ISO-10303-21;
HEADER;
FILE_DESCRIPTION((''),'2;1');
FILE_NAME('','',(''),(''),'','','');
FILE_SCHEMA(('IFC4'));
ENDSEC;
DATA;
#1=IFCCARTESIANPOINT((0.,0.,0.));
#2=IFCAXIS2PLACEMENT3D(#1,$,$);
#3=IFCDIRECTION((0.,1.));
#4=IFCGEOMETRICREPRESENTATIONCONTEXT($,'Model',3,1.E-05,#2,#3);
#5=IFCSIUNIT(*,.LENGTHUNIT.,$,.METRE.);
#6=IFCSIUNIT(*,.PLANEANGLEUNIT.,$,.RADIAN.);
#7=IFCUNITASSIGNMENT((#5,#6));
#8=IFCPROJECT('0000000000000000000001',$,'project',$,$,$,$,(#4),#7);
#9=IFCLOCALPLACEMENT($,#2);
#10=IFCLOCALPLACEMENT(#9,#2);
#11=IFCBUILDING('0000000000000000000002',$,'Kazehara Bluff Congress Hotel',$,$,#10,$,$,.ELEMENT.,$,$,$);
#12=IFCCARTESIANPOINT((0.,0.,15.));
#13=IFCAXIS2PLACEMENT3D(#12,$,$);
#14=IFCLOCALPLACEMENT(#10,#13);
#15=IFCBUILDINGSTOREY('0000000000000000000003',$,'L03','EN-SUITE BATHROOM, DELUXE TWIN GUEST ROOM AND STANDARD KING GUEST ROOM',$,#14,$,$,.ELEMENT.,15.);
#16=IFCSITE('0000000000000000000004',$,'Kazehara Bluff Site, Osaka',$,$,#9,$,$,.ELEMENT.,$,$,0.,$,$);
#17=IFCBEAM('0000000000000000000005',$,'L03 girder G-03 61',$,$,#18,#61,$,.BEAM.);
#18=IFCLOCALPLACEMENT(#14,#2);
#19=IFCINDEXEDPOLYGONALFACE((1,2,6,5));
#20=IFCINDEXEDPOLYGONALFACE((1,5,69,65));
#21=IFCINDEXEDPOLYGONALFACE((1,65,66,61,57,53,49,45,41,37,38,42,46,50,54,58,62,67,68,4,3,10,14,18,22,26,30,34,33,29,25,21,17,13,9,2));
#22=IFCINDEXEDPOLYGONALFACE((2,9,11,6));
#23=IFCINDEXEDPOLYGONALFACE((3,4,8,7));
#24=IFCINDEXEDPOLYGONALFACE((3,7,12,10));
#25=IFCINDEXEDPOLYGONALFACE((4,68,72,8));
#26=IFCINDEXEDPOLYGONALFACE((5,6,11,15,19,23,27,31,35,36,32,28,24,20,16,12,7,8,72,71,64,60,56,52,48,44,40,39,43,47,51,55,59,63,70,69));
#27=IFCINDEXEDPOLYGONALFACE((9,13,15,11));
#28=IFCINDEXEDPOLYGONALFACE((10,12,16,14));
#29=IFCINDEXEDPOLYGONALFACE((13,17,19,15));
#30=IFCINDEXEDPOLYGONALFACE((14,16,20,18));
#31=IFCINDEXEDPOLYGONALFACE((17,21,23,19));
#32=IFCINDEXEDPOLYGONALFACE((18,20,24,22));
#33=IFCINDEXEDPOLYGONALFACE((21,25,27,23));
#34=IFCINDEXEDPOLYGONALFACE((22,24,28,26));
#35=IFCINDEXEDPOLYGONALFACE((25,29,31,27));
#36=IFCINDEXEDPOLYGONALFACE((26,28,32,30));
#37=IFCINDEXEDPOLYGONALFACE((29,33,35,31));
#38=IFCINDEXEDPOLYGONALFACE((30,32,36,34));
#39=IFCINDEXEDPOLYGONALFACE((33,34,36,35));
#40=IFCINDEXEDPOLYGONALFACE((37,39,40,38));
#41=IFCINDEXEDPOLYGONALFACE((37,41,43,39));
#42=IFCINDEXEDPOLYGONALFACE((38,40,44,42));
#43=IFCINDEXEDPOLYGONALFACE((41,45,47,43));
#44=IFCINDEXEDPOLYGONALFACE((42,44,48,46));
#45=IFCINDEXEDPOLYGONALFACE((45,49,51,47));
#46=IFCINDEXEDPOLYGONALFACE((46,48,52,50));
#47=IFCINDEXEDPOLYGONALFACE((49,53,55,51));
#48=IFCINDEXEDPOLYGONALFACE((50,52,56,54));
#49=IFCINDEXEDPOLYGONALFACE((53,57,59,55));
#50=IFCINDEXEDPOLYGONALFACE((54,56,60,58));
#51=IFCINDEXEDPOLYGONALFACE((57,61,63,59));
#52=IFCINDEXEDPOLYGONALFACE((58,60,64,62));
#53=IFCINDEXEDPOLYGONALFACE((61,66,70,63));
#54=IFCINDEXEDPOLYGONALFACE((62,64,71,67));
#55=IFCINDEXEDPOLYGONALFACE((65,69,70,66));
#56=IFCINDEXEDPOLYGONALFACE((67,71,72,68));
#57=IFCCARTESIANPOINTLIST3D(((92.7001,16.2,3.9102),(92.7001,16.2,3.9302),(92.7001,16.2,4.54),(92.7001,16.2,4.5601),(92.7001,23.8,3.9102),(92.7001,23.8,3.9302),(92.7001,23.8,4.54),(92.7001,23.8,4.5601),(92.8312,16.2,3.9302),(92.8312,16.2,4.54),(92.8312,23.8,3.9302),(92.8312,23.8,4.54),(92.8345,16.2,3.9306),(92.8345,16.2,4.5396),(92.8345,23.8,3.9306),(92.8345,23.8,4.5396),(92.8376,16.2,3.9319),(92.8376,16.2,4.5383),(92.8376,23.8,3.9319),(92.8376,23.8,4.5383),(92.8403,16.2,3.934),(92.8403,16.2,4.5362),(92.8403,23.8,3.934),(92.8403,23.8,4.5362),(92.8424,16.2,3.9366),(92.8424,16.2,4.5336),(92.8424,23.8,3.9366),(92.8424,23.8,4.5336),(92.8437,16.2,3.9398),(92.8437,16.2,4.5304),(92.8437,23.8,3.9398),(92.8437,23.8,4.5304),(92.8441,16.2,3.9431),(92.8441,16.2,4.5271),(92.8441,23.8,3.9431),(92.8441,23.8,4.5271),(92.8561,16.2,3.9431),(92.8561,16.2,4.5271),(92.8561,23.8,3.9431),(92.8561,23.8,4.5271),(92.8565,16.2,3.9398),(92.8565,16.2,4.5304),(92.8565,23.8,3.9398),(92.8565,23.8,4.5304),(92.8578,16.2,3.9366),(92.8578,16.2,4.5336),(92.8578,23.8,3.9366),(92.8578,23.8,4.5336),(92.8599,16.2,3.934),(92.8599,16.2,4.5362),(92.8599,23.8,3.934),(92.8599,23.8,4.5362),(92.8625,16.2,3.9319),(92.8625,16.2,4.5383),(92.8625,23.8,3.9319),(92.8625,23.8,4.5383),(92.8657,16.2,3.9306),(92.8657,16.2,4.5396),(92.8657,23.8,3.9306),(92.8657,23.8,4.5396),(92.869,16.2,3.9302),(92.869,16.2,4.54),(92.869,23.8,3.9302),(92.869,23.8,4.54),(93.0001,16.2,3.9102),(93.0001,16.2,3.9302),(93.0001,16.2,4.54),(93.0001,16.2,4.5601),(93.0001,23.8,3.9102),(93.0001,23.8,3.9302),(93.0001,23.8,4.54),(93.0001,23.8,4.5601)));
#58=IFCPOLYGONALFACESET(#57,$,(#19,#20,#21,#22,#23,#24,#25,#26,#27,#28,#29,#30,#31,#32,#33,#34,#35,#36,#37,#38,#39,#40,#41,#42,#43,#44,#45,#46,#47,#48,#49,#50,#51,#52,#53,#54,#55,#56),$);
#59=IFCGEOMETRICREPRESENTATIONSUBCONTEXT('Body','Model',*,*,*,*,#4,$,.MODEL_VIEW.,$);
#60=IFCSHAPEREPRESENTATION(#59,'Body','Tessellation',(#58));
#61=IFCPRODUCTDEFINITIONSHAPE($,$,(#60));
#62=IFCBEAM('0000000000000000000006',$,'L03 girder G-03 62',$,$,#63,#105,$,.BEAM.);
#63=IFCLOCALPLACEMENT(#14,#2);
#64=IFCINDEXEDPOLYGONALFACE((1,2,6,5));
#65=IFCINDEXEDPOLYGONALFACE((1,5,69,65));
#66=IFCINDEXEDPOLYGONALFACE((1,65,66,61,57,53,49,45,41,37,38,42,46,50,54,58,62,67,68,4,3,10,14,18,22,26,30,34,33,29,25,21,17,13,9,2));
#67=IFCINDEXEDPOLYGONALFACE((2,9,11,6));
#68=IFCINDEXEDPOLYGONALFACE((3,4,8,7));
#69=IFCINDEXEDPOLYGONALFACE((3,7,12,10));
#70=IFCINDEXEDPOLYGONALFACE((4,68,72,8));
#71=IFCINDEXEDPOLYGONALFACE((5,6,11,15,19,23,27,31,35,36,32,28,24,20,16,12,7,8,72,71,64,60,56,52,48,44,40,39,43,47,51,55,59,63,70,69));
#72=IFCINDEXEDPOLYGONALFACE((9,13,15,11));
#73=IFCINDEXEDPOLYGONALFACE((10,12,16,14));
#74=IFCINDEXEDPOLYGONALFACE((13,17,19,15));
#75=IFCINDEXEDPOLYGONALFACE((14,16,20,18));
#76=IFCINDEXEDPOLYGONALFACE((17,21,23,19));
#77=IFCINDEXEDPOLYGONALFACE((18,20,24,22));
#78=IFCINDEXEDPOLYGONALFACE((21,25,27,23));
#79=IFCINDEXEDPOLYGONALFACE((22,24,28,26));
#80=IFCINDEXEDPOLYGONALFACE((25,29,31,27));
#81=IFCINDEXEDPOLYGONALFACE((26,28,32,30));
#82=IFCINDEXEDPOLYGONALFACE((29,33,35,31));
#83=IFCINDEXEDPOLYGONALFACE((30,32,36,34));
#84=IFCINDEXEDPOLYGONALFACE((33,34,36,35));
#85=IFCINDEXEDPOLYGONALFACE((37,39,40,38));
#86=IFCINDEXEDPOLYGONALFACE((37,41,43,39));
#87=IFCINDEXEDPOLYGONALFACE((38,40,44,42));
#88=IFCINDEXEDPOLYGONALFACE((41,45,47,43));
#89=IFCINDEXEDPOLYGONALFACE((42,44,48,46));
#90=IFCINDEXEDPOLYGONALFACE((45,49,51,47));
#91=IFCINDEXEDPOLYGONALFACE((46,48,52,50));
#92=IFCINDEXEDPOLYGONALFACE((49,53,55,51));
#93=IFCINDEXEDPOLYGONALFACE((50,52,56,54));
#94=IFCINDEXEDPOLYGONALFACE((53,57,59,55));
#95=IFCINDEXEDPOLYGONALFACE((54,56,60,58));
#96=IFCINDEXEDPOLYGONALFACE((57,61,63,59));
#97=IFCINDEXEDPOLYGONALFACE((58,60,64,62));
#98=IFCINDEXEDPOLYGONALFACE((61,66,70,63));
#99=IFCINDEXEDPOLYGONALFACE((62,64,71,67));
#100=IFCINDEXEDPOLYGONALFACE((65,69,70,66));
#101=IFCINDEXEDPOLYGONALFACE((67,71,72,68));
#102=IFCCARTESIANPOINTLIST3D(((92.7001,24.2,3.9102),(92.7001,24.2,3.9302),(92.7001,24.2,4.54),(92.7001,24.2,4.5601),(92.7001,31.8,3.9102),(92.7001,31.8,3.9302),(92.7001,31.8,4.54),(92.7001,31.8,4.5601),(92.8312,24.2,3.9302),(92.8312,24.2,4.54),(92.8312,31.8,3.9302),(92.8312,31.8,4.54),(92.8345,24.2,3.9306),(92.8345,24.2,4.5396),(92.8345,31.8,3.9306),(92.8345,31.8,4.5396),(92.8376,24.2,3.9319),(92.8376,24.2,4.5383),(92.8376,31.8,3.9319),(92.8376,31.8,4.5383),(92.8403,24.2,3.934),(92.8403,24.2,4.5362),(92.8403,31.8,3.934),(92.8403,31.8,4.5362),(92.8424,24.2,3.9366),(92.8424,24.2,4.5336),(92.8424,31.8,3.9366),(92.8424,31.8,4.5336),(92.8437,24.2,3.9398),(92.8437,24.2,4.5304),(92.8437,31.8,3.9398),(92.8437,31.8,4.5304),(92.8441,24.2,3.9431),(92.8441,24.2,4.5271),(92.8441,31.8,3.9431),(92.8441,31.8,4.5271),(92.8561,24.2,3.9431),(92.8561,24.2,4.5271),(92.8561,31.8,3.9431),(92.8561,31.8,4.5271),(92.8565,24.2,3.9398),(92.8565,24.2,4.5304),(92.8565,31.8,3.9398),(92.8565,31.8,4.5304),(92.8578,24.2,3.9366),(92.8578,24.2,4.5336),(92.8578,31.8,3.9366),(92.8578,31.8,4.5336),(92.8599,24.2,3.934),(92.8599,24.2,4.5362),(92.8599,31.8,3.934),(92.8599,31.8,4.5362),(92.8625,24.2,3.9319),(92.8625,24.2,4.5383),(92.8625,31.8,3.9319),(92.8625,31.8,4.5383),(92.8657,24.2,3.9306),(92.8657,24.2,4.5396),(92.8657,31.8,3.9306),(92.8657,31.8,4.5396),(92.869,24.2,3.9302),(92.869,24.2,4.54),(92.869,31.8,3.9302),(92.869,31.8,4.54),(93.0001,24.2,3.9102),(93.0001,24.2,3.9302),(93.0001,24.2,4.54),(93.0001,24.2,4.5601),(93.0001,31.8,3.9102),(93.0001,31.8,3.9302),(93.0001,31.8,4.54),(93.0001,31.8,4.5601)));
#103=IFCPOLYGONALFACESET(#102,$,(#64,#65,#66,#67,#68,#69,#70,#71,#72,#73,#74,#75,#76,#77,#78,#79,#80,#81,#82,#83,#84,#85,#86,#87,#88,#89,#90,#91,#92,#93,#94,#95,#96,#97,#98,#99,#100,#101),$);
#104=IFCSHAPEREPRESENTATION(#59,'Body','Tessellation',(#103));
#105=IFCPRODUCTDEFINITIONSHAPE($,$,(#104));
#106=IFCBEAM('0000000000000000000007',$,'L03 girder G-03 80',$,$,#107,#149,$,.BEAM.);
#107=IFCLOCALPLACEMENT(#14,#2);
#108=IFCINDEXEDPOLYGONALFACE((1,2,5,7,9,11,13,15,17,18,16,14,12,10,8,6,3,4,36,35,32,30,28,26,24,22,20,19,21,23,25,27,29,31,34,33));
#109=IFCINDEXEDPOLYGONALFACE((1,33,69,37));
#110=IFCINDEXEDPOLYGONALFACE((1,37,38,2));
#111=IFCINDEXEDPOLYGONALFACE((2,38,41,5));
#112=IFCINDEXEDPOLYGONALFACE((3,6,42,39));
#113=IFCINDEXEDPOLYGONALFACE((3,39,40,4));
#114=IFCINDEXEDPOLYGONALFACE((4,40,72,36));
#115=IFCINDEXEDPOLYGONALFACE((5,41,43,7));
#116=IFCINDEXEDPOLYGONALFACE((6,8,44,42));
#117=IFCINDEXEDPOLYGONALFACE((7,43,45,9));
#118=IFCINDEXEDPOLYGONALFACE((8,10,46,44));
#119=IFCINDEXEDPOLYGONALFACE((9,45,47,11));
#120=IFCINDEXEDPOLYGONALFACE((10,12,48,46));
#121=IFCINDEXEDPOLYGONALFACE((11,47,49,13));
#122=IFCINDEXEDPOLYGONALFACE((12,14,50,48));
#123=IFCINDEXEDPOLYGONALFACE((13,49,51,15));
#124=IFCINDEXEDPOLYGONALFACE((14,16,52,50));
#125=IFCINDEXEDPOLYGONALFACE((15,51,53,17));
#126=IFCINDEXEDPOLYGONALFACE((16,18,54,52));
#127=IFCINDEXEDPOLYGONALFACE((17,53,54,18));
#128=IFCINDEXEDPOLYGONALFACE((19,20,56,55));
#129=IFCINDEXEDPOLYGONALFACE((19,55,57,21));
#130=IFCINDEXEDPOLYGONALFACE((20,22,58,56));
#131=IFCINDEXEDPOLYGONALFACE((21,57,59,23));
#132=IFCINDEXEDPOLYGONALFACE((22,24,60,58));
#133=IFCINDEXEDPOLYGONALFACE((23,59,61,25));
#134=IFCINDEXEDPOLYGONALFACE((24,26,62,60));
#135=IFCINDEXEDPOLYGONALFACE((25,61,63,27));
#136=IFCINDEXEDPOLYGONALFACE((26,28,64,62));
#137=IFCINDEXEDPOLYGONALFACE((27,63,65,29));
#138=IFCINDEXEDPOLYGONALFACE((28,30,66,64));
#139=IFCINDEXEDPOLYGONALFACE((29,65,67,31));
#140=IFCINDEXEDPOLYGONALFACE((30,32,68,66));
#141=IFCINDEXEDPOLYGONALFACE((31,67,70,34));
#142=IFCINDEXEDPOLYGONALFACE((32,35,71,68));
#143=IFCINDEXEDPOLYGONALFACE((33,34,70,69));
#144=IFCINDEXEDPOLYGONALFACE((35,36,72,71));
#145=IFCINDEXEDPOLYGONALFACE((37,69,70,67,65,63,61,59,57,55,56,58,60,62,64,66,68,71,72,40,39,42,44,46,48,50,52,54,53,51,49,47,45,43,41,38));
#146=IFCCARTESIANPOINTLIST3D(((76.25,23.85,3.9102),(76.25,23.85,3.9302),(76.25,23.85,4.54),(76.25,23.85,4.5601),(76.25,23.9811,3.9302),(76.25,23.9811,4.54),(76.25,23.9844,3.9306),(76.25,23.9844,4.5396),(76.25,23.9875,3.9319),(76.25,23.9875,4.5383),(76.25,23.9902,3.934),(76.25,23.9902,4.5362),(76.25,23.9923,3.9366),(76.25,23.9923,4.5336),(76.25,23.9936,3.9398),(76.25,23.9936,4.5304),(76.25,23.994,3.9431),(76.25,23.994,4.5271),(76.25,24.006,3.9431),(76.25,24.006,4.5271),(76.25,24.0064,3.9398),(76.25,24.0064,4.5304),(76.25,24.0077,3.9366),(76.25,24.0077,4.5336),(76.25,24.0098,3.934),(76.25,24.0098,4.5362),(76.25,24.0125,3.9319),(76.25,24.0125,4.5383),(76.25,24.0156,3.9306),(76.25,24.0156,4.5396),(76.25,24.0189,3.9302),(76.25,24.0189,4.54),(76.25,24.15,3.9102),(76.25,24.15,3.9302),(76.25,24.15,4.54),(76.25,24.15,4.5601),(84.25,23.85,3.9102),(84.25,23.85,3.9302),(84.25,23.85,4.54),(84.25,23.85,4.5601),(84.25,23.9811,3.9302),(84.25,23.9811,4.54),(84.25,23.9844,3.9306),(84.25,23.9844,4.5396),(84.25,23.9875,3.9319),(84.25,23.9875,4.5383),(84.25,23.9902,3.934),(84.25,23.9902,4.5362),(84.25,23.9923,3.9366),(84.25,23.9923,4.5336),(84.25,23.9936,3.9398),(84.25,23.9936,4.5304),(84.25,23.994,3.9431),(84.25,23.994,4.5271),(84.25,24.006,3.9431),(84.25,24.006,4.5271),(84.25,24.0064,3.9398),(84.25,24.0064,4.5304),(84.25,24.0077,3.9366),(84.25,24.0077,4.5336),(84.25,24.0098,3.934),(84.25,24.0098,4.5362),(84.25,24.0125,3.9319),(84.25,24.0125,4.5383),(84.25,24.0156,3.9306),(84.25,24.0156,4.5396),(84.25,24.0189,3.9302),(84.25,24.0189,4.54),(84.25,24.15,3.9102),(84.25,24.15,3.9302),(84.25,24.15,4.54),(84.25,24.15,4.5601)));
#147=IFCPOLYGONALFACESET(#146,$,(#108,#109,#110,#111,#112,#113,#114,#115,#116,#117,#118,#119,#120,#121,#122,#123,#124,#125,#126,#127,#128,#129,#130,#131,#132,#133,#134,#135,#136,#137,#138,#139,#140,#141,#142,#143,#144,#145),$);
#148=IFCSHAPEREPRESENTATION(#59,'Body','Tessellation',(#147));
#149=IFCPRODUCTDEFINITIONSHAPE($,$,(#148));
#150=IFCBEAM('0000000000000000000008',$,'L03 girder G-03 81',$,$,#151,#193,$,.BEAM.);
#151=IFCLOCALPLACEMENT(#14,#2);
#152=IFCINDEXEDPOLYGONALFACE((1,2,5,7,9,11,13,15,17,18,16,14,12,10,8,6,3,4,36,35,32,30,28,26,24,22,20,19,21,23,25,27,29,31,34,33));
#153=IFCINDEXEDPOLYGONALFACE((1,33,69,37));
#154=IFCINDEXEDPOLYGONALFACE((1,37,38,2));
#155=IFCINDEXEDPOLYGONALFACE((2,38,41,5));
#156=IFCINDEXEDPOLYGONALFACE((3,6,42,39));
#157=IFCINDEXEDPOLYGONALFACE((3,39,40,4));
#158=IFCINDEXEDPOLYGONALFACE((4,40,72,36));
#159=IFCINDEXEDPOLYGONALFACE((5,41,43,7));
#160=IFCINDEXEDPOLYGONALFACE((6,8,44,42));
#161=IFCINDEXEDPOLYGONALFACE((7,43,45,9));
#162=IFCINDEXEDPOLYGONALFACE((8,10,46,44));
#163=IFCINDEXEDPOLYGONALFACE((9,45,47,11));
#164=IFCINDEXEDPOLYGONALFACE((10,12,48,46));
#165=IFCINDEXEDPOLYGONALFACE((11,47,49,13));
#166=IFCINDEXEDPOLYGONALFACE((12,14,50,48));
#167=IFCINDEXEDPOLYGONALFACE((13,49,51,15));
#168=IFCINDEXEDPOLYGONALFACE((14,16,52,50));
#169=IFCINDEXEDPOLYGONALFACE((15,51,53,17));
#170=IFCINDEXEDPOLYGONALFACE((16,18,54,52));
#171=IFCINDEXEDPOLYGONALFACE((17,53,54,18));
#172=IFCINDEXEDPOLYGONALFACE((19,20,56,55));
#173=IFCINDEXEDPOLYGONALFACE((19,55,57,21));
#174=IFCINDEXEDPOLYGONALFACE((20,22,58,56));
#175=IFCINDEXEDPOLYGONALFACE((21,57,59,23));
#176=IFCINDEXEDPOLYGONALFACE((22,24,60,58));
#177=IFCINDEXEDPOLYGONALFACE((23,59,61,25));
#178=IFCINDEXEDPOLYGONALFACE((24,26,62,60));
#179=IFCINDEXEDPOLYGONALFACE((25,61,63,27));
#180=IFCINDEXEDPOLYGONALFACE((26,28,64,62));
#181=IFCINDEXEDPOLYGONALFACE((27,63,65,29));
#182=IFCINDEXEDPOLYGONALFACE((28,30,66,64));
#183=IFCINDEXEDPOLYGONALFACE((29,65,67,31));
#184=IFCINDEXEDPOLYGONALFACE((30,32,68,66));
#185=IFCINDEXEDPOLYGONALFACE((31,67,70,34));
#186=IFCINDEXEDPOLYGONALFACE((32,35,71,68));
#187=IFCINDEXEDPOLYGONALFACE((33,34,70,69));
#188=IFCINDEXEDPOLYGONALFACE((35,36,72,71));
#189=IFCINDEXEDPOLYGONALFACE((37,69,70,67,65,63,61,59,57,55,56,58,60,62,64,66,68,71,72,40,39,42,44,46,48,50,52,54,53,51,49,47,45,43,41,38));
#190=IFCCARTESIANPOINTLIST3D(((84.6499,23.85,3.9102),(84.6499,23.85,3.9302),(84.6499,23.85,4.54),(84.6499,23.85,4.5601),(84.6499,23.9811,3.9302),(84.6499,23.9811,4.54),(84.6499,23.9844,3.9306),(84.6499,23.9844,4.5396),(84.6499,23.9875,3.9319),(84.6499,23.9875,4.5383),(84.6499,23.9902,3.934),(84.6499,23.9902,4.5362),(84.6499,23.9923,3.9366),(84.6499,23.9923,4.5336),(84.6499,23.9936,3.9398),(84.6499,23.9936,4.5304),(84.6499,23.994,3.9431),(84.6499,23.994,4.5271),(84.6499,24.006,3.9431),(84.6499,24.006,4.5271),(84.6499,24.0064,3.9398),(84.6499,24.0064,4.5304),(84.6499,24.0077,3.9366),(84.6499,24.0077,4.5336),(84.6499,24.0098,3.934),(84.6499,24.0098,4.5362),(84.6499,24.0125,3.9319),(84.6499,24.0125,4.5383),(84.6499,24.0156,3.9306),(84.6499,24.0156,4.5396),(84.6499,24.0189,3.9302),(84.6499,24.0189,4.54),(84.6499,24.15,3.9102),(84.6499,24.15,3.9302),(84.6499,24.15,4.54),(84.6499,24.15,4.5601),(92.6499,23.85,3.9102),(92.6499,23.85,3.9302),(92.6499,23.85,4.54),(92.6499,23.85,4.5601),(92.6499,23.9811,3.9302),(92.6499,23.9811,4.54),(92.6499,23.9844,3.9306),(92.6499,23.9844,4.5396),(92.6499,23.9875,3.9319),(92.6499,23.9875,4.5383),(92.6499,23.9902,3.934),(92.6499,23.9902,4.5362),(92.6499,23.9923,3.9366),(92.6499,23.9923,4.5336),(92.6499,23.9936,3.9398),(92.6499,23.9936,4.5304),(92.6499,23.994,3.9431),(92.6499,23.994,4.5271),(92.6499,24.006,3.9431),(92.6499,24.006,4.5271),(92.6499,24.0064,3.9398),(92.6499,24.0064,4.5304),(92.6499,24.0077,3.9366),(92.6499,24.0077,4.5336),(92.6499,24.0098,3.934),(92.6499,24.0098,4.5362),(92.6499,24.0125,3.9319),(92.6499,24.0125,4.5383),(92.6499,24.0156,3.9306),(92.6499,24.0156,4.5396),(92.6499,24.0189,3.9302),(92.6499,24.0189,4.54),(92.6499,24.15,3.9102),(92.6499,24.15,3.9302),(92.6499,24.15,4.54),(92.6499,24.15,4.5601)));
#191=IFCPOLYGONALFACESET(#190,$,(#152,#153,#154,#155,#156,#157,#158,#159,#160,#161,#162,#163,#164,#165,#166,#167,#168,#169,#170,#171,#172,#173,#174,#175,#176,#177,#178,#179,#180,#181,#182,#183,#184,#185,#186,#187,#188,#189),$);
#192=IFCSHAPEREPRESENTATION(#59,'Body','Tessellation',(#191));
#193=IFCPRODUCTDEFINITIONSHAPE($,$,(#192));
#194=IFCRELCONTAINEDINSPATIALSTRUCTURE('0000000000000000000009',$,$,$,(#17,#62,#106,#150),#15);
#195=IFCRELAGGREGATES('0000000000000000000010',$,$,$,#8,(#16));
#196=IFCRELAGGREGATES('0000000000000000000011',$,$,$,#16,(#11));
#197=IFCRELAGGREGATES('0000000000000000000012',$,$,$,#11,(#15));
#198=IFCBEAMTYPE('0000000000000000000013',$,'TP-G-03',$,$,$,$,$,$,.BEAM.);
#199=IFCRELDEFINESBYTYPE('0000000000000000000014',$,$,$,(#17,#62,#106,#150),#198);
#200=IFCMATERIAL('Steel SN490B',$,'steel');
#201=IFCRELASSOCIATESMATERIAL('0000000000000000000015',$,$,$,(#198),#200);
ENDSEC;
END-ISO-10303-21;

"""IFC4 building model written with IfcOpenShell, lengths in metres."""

from ifc_helpers import new_model, si_unit, direction, frame, origin, origin_2d, place, context, subcontext, project, spatial, i_section, extrude, material, material_profile, profile_set, type_object, element, save


model = new_model("IFC4")

# Units and contexts
model_context = context("Model", 3, precision=1e-05, world=origin(), true_north=direction((0.0, 1.0)))
body_context = subcontext(model_context, "Body", "Model", "MODEL_VIEW")
ifc_project = project(units=[si_unit("LENGTHUNIT", "METRE"), si_unit("PLANEANGLEUNIT", "RADIAN")], contexts=[model_context])

# Site, building, storey
site_placement = place(None, origin())
site = spatial("IfcSite", under=ifc_project, at=site_placement, Name="Kazehara Bluff Site, Osaka", CompositionType="ELEMENT", RefElevation=0.0)
building_placement = place(site_placement, origin())
building = spatial("IfcBuilding", under=site, at=building_placement, Name="Kazehara Bluff Congress Hotel", CompositionType="ELEMENT")
storey_placement = place(building_placement, frame((0.0, 0.0, 15.0)))
storey = spatial("IfcBuildingStorey", under=building, at=storey_placement, Name="L03", Description="EN-SUITE BATHROOM, DELUXE TWIN GUEST ROOM AND STANDARD KING GUEST ROOM", CompositionType="ELEMENT", Elevation=15.0)

# Beams
ifc_material_1 = material(Name="Steel SN490B", Category="steel")
ifc_material_profile_1 = material_profile(ifc_material_1, i_section(OverallWidth=0.3, OverallDepth=0.6499, WebThickness=0.012, FlangeThickness=0.02, FilletRadius=0.0129, at=origin_2d()))
ifc_profile_set_1 = profile_set([ifc_material_profile_1], Name="Steel SN490B")
beam_type_1 = type_object("IfcBeamType", Name="TP-G-03", PredefinedType="BEAM", material=ifc_profile_set_1)
for number, where, z_axis, x_axis, name in (
    (1, (92.8501, 16.2, 4.2351), (0.0, 1.0, 0.0), (-1.0, 0.0, 0.0), "L03 girder G-03 61"),
    (2, (92.8501, 24.2, 4.2351), (0.0, 1.0, 0.0), (-1.0, 0.0, 0.0), "L03 girder G-03 62"),
):
    element("IfcBeam", number, at=place(storey_placement, frame(where, z_axis=z_axis, x_axis=x_axis)), inside=storey, type_object=beam_type_1, Name=name, PredefinedType="BEAM", context=body_context, shape_type="SweptSolid", body=[
        extrude(i_section(OverallWidth=0.3, OverallDepth=0.6499, WebThickness=0.012, FlangeThickness=0.02, FilletRadius=0.0129, at=origin_2d()), origin(), (0.0, 0.0, 1.0), 7.6001),
    ])
for number, where, z_axis, x_axis, name in (
    (3, (76.25, 24.0, 4.2351), (1.0, 0.0, 0.0), (0.0, 1.0, 0.0), "L03 girder G-03 80"),
    (4, (84.6499, 24.0, 4.2351), (1.0, 0.0, 0.0), (0.0, 1.0, 0.0), "L03 girder G-03 81"),
):
    element("IfcBeam", number, at=place(storey_placement, frame(where, z_axis=z_axis, x_axis=x_axis)), inside=storey, type_object=beam_type_1, Name=name, PredefinedType="BEAM", context=body_context, shape_type="SweptSolid", body=[
        extrude(i_section(OverallWidth=0.3, OverallDepth=0.6499, WebThickness=0.012, FlangeThickness=0.02, FilletRadius=0.0129, at=origin_2d()), origin(), (0.0, 0.0, 1.0), 8.0),
    ])

save(model, "model.ifc")
